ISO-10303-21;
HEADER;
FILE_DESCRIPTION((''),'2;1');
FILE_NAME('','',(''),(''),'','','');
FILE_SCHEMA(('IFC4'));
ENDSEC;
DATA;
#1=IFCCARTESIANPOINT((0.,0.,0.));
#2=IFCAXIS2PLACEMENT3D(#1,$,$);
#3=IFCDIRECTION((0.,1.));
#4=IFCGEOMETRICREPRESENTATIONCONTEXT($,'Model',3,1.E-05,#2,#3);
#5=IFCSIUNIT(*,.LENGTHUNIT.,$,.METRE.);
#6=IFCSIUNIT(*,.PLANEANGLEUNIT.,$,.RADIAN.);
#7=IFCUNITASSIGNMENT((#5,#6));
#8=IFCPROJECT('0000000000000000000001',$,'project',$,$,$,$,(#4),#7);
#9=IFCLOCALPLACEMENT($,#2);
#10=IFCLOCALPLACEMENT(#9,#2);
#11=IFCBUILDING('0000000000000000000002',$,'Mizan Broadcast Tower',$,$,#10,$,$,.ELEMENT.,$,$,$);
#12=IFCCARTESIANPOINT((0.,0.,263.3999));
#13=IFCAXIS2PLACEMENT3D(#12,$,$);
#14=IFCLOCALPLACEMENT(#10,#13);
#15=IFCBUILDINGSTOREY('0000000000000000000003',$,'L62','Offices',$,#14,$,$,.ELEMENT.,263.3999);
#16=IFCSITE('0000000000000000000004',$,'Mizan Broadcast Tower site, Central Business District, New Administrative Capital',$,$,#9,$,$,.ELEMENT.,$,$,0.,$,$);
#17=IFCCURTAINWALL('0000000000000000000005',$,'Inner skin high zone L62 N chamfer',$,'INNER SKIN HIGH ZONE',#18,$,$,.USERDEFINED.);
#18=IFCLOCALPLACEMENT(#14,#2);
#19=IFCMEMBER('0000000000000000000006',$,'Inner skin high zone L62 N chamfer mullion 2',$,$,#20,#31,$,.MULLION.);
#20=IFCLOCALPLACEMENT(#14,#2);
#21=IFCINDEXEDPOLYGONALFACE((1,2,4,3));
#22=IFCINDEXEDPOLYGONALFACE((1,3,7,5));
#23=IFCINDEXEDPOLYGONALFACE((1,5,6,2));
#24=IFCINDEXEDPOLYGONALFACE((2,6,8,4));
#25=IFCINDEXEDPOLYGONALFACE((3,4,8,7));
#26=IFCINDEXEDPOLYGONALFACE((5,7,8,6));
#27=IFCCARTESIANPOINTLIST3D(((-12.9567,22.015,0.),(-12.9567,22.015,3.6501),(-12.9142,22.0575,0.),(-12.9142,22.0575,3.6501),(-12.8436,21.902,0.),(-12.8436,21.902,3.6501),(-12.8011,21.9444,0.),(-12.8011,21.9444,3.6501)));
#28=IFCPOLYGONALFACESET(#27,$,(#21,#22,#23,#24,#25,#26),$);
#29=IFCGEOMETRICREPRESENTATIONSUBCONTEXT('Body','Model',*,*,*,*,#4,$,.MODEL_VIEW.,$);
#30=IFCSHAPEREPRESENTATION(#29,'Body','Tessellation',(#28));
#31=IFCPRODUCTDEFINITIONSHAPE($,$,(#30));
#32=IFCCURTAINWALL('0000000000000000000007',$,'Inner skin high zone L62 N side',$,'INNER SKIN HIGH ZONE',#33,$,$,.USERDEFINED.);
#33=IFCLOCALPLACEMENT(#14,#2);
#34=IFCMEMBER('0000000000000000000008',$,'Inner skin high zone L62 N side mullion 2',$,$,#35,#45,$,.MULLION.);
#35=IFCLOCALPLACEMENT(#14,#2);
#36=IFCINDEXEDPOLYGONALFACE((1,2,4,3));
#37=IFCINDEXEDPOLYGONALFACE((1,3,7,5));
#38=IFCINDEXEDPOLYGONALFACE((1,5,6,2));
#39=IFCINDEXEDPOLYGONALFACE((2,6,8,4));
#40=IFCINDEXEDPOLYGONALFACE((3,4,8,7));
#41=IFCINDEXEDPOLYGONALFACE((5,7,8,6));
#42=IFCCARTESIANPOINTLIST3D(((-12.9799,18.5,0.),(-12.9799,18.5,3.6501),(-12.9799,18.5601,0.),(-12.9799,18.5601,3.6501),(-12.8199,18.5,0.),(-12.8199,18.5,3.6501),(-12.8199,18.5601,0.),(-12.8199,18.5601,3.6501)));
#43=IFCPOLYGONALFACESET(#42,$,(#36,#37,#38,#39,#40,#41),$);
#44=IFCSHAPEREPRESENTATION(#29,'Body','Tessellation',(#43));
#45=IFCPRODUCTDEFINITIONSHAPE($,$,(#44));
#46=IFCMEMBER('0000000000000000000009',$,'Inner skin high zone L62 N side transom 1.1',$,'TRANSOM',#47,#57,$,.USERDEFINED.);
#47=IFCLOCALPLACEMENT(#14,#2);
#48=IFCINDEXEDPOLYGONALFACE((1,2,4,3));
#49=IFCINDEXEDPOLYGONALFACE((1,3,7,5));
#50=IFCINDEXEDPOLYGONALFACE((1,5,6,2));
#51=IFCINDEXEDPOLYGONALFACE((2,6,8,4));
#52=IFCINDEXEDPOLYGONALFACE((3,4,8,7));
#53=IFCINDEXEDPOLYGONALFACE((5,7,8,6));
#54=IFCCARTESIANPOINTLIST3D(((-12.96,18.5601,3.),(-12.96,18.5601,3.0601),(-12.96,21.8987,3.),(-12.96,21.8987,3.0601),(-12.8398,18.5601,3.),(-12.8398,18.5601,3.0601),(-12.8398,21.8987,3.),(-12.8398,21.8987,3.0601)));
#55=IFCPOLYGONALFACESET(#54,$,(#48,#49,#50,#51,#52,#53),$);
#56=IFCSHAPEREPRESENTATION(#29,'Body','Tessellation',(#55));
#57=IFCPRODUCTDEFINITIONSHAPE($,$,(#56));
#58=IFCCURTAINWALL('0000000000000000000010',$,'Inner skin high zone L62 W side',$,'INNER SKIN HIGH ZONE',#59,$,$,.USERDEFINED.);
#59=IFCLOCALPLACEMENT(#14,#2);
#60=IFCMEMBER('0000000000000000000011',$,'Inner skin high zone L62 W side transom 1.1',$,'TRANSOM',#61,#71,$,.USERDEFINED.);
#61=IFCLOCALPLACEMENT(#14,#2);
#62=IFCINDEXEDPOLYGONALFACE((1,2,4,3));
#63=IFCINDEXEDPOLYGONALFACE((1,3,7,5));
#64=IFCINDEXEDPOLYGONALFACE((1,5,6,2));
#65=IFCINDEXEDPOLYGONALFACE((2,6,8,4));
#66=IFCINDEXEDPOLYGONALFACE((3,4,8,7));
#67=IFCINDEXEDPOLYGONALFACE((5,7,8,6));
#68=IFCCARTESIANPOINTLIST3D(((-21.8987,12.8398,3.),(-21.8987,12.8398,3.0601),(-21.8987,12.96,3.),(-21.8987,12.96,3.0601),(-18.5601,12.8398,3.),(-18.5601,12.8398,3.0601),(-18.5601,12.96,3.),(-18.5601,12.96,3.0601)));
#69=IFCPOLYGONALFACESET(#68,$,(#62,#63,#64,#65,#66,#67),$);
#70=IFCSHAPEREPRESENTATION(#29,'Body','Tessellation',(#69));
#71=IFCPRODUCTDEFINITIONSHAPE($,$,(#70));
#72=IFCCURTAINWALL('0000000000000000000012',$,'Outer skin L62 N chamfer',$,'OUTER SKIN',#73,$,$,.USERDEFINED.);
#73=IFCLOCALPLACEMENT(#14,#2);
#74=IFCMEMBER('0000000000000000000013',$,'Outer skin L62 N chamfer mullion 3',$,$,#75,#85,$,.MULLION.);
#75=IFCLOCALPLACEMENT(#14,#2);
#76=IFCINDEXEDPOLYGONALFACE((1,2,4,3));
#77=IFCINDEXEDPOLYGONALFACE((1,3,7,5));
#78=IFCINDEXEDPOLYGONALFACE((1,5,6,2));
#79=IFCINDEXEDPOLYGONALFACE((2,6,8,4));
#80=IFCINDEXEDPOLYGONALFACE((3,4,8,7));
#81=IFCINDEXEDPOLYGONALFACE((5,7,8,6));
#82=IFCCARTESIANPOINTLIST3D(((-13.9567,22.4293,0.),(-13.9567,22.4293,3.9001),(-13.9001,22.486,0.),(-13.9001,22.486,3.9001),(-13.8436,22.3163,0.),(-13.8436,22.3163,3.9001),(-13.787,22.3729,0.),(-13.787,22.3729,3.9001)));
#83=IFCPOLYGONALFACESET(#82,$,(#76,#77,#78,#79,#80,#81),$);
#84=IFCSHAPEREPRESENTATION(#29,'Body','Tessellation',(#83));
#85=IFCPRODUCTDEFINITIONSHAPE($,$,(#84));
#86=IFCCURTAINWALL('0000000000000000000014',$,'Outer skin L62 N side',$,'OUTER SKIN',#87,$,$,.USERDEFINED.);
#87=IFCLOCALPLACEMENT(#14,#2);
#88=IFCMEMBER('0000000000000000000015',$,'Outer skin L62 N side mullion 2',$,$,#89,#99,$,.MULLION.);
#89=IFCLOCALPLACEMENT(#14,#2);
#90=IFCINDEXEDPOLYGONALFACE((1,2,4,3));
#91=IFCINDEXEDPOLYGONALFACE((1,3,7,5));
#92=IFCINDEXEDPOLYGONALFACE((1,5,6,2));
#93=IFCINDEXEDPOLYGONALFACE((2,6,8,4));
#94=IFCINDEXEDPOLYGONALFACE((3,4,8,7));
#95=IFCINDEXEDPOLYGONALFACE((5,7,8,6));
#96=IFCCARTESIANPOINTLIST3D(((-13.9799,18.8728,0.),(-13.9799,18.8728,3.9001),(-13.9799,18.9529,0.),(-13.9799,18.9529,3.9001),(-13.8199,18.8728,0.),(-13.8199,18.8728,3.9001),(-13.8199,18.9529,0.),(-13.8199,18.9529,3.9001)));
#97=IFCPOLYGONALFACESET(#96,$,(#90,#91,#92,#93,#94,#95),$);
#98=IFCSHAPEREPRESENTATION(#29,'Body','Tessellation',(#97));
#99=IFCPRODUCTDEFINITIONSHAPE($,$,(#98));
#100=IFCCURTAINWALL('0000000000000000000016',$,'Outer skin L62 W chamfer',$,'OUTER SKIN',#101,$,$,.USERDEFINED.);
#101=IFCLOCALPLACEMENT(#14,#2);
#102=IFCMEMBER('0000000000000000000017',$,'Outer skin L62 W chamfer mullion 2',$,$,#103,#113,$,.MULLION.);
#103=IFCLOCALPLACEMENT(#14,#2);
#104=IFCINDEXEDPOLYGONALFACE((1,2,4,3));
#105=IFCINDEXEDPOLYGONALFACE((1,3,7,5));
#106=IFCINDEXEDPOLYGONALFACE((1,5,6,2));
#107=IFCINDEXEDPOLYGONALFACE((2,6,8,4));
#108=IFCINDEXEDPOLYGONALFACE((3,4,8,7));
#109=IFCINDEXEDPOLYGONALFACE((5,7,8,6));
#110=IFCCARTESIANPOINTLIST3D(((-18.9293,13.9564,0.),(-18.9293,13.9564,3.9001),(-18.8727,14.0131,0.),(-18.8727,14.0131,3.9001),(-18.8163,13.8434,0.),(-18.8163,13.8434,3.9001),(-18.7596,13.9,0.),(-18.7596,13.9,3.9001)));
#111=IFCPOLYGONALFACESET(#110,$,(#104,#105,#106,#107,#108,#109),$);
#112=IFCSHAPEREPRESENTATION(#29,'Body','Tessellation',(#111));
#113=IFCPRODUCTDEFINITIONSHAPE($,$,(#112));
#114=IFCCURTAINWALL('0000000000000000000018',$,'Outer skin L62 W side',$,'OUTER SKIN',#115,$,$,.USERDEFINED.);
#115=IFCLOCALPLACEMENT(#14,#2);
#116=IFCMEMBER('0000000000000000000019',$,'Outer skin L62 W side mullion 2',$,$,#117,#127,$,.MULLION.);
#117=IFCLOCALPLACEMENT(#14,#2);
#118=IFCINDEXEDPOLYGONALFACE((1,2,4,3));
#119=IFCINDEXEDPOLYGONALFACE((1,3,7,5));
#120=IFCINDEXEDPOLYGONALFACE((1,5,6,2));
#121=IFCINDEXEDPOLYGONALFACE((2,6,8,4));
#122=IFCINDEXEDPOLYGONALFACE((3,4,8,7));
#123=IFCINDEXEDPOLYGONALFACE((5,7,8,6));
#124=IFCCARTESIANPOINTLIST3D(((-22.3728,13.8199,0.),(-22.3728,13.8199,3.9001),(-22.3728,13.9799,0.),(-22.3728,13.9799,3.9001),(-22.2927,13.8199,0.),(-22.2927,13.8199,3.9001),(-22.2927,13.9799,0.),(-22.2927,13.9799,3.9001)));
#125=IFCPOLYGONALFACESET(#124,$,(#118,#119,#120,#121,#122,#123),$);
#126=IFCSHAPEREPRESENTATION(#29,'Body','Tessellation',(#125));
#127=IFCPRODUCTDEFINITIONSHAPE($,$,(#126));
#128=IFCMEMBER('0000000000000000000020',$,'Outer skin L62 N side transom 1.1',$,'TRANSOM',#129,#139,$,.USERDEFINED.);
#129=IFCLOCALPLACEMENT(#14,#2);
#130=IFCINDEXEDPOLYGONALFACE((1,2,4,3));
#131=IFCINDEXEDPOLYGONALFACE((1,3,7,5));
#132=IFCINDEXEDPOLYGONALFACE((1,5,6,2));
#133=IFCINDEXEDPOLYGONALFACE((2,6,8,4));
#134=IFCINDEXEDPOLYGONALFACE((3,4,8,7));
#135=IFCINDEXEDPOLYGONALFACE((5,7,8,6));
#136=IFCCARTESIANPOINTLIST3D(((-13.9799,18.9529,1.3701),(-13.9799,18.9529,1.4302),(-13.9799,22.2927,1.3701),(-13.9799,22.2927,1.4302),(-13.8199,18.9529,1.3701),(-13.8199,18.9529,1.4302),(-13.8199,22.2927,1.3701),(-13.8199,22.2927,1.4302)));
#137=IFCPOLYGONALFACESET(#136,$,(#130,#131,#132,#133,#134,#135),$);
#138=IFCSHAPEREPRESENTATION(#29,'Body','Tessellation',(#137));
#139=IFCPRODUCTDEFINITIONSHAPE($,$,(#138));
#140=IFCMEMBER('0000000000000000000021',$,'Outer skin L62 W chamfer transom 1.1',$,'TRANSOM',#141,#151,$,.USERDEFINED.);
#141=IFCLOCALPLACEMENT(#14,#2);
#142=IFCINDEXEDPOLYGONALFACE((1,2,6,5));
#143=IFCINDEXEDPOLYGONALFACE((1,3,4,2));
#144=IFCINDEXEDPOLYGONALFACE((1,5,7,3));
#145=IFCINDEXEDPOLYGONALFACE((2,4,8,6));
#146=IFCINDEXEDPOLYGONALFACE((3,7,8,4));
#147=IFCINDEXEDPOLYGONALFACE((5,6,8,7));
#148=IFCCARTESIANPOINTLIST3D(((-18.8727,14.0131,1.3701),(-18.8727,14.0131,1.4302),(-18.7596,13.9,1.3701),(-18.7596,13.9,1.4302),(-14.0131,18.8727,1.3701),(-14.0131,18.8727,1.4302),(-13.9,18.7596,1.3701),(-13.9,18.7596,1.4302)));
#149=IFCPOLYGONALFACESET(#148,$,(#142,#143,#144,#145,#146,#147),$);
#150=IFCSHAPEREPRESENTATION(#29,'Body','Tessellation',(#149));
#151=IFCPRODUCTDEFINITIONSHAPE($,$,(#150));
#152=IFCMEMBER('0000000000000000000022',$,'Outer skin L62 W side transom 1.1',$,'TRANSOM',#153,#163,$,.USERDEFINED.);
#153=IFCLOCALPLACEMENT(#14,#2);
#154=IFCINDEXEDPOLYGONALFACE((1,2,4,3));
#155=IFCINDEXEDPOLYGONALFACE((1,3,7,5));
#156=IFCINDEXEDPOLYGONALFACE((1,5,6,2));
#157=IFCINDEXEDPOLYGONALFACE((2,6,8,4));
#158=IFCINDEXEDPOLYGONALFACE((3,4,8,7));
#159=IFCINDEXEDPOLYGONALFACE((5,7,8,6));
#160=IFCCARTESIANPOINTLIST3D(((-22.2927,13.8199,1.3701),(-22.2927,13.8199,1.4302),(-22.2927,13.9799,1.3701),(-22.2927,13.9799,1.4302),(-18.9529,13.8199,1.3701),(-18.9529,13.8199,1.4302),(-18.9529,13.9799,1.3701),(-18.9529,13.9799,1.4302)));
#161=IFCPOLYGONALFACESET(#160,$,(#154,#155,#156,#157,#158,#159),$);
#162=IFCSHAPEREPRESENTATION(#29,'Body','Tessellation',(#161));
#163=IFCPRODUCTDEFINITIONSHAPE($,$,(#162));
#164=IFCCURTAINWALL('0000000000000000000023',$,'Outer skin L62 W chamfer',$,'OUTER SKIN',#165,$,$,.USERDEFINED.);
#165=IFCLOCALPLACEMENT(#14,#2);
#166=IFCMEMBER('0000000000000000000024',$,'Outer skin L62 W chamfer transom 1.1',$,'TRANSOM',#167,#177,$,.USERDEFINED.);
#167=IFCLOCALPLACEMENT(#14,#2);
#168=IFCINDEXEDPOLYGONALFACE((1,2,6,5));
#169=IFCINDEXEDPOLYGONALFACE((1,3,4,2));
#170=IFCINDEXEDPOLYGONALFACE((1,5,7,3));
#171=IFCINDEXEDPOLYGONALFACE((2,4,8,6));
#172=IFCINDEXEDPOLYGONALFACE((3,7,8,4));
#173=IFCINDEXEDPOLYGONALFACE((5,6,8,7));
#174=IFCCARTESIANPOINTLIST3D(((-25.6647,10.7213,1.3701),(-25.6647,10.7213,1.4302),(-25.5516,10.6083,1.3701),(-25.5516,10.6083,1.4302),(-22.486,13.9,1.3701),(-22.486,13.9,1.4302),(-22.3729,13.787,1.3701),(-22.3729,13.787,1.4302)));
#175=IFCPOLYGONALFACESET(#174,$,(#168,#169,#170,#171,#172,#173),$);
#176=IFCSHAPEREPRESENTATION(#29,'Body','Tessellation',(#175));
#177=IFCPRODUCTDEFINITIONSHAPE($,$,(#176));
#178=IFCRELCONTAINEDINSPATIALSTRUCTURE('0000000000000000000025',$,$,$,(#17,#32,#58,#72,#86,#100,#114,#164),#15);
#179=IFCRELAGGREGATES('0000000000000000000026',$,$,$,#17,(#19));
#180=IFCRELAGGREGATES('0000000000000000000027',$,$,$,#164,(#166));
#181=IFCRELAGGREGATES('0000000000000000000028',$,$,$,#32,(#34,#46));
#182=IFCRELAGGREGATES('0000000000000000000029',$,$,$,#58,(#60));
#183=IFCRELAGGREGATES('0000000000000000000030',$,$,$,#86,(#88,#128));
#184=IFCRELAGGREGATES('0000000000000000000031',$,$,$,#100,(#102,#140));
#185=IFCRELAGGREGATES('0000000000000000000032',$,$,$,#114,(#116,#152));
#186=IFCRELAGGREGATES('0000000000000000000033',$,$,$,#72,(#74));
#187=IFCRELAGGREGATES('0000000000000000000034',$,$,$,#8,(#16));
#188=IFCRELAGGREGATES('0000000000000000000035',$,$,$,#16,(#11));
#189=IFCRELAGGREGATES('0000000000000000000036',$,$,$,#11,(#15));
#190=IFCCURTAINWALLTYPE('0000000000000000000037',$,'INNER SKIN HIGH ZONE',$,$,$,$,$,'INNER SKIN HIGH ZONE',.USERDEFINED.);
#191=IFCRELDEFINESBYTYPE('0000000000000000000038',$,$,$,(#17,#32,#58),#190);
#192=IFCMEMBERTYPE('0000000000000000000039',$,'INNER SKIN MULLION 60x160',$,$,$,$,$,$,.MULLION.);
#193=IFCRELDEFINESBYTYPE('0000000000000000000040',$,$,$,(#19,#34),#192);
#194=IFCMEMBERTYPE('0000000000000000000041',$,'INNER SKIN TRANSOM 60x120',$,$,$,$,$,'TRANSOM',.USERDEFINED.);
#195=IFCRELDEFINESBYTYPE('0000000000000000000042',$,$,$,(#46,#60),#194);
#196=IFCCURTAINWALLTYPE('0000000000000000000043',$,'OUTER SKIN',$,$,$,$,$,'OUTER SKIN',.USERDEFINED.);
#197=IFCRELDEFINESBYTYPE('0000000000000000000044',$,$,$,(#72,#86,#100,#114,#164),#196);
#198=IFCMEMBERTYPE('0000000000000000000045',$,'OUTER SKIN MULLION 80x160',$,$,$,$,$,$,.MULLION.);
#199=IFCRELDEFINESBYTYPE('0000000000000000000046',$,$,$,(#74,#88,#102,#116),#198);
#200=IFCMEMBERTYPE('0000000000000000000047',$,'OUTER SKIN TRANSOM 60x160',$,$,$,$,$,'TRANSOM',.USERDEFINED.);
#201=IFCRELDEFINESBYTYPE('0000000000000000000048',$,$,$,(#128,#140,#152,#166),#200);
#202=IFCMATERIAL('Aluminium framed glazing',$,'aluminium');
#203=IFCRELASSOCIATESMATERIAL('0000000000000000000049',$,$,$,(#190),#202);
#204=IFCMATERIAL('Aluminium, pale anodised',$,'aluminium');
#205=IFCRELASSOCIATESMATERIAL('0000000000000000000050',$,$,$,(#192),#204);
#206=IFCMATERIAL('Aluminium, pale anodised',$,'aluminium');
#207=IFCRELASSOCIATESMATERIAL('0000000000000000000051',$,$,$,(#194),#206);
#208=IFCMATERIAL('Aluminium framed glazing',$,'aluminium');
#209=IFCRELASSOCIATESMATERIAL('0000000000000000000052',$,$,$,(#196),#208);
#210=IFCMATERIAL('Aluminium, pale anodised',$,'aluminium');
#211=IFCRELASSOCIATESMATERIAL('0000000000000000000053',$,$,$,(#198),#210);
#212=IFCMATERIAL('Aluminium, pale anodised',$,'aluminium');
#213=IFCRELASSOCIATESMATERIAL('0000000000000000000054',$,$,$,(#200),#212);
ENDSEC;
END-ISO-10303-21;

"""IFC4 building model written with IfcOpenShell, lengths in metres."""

from ifc_helpers import new_model, si_unit, direction, frame, origin, origin_2d, place, context, subcontext, project, spatial, rectangle, extrude, material, material_profile, profile_set, type_object, element, aggregate, save


model = new_model("IFC4")

# Units and contexts
model_context = context("Model", 3, precision=1e-05, world=origin(), true_north=direction((0.0, 1.0)))
body_context = subcontext(model_context, "Body", "Model", "MODEL_VIEW")
ifc_project = project(units=[si_unit("LENGTHUNIT", "METRE"), si_unit("PLANEANGLEUNIT", "RADIAN")], contexts=[model_context])

# Site, building, storey
site_placement = place(None, origin())
site = spatial("IfcSite", under=ifc_project, at=site_placement, Name="Mizan Broadcast Tower site, Central Business District, New Administrative Capital", CompositionType="ELEMENT", RefElevation=0.0)
building_placement = place(site_placement, origin())
building = spatial("IfcBuilding", under=site, at=building_placement, Name="Mizan Broadcast Tower", CompositionType="ELEMENT")
storey_placement = place(building_placement, frame((0.0, 0.0, 263.3999)))
storey = spatial("IfcBuildingStorey", under=building, at=storey_placement, Name="L62", Description="Offices", CompositionType="ELEMENT", Elevation=263.3999)

# Curtain wall, member
ifc_material_1 = material(Name="Aluminium framed glazing", Category="aluminium")
curtain_wall_type_1 = type_object("IfcCurtainWallType", Name="INNER SKIN HIGH ZONE", ElementType="INNER SKIN HIGH ZONE", PredefinedType="USERDEFINED", material=ifc_material_1)
curtain_wall_1_placement = place(storey_placement, origin())
curtain_wall_1 = element("IfcCurtainWall", 1, at=curtain_wall_1_placement, inside=storey, type_object=curtain_wall_type_1, Name="Inner skin high zone L62 N chamfer", ObjectType="INNER SKIN HIGH ZONE", PredefinedType="USERDEFINED")
ifc_material_2 = material(Name="Aluminium, pale anodised", Category="aluminium")
ifc_material_profile_1 = material_profile(ifc_material_2, rectangle(XDim=0.1599, YDim=0.0601, at=origin_2d()), Name="MULLION 160x60")
ifc_profile_set_1 = profile_set([ifc_material_profile_1], Name="Aluminium, pale anodised")
member_type_1 = type_object("IfcMemberType", Name="INNER SKIN MULLION 60x160", PredefinedType="MULLION", material=ifc_profile_set_1)
member_1_placement = place(storey_placement, frame((-12.8789, 21.9797, 0.0), z_axis=(0.0, 0.0, 1.0), x_axis=(0.707107, -0.707107, 0.0)))
member_1 = element("IfcMember", 2, at=member_1_placement, type_object=member_type_1, Name="Inner skin high zone L62 N chamfer mullion 2", PredefinedType="MULLION", context=body_context, shape_type="SweptSolid", body=[
    extrude(rectangle(XDim=0.1599, YDim=0.0601, at=origin_2d()), origin(), (0.0, 0.0, 1.0), 3.6501),
])
aggregate(curtain_wall_1, [member_1])

# Curtain wall, members
curtain_wall_2_placement = place(storey_placement, origin())
curtain_wall_2 = element("IfcCurtainWall", 3, at=curtain_wall_2_placement, inside=storey, type_object=curtain_wall_type_1, Name="Inner skin high zone L62 N side", ObjectType="INNER SKIN HIGH ZONE", PredefinedType="USERDEFINED")
member_2_placement = place(storey_placement, frame((-12.8999, 18.53, 0.0), z_axis=(0.0, 0.0, 1.0), x_axis=(1.0, 0.0, 0.0)))
member_2 = element("IfcMember", 4, at=member_2_placement, type_object=member_type_1, Name="Inner skin high zone L62 N side mullion 2", PredefinedType="MULLION", context=body_context, shape_type="SweptSolid", body=[
    extrude(rectangle(XDim=0.1599, YDim=0.0601, at=origin_2d()), origin(), (0.0, 0.0, 1.0), 3.6501),
])
ifc_material_3 = material(Name="Aluminium, pale anodised", Category="aluminium")
ifc_material_profile_2 = material_profile(ifc_material_3, rectangle(XDim=0.1201, YDim=0.0601, at=origin_2d()), Name="TRANSOM 120x60")
ifc_profile_set_2 = profile_set([ifc_material_profile_2], Name="Aluminium, pale anodised")
member_type_2 = type_object("IfcMemberType", Name="INNER SKIN TRANSOM 60x120", ElementType="TRANSOM", PredefinedType="USERDEFINED", material=ifc_profile_set_2)
member_3_placement = place(storey_placement, frame((-12.8999, 21.8987, 3.03), z_axis=(0.0, -1.0, 0.0), x_axis=(1.0, 0.0, 0.0)))
member_3 = element("IfcMember", 5, at=member_3_placement, type_object=member_type_2, Name="Inner skin high zone L62 N side transom 1.1", ObjectType="TRANSOM", PredefinedType="USERDEFINED", context=body_context, shape_type="SweptSolid", body=[
    extrude(rectangle(XDim=0.1201, YDim=0.0601, at=origin_2d()), origin(), (0.0, 0.0, 1.0), 3.3386),
])

# Curtain walls, members
curtain_wall_3_placement = place(storey_placement, origin())
curtain_wall_3 = element("IfcCurtainWall", 6, at=curtain_wall_3_placement, inside=storey, type_object=curtain_wall_type_1, Name="Inner skin high zone L62 W side", ObjectType="INNER SKIN HIGH ZONE", PredefinedType="USERDEFINED")
member_4_placement = place(storey_placement, frame((-18.5601, 12.8999, 3.03), z_axis=(-1.0, 0.0, 0.0), x_axis=(0.0, -1.0, 0.0)))
member_4 = element("IfcMember", 7, at=member_4_placement, type_object=member_type_2, Name="Inner skin high zone L62 W side transom 1.1", ObjectType="TRANSOM", PredefinedType="USERDEFINED", context=body_context, shape_type="SweptSolid", body=[
    extrude(rectangle(XDim=0.1201, YDim=0.0601, at=origin_2d()), origin(), (0.0, 0.0, 1.0), 3.3386),
])
ifc_material_4 = material(Name="Aluminium framed glazing", Category="aluminium")
curtain_wall_type_2 = type_object("IfcCurtainWallType", Name="OUTER SKIN", ElementType="OUTER SKIN", PredefinedType="USERDEFINED", material=ifc_material_4)
curtain_wall_4_placement = place(storey_placement, origin())
curtain_wall_4 = element("IfcCurtainWall", 8, at=curtain_wall_4_placement, inside=storey, type_object=curtain_wall_type_2, Name="Outer skin L62 N chamfer", ObjectType="OUTER SKIN", PredefinedType="USERDEFINED")
ifc_material_5 = material(Name="Aluminium, pale anodised", Category="aluminium")
ifc_material_profile_3 = material_profile(ifc_material_5, rectangle(XDim=0.1599, YDim=0.0801, at=origin_2d()), Name="MULLION 160x80")
ifc_profile_set_3 = profile_set([ifc_material_profile_3], Name="Aluminium, pale anodised")
member_type_3 = type_object("IfcMemberType", Name="OUTER SKIN MULLION 80x160", PredefinedType="MULLION", material=ifc_profile_set_3)
member_5_placement = place(storey_placement, frame((-13.8718, 22.4011, 0.0), z_axis=(0.0, 0.0, 1.0), x_axis=(0.707107, -0.707107, 0.0)))
member_5 = element("IfcMember", 9, at=member_5_placement, type_object=member_type_3, Name="Outer skin L62 N chamfer mullion 3", PredefinedType="MULLION", context=body_context, shape_type="SweptSolid", body=[
    extrude(rectangle(XDim=0.1599, YDim=0.0801, at=origin_2d()), origin(), (0.0, 0.0, 1.0), 3.9001),
])
curtain_wall_5_placement = place(storey_placement, origin())
curtain_wall_5 = element("IfcCurtainWall", 10, at=curtain_wall_5_placement, inside=storey, type_object=curtain_wall_type_2, Name="Outer skin L62 N side", ObjectType="OUTER SKIN", PredefinedType="USERDEFINED")
member_6_placement = place(storey_placement, frame((-13.8999, 18.9128, 0.0), z_axis=(0.0, 0.0, 1.0), x_axis=(1.0, 0.0, 0.0)))
member_6 = element("IfcMember", 11, at=member_6_placement, type_object=member_type_3, Name="Outer skin L62 N side mullion 2", PredefinedType="MULLION", context=body_context, shape_type="SweptSolid", body=[
    extrude(rectangle(XDim=0.1599, YDim=0.0801, at=origin_2d()), origin(), (0.0, 0.0, 1.0), 3.9001),
])
curtain_wall_6_placement = place(storey_placement, origin())
curtain_wall_6 = element("IfcCurtainWall", 12, at=curtain_wall_6_placement, inside=storey, type_object=curtain_wall_type_2, Name="Outer skin L62 W chamfer", ObjectType="OUTER SKIN", PredefinedType="USERDEFINED")
member_7_placement = place(storey_placement, frame((-18.8445, 13.9282, 0.0), z_axis=(0.0, 0.0, 1.0), x_axis=(0.707107, -0.707107, 0.0)))
member_7 = element("IfcMember", 13, at=member_7_placement, type_object=member_type_3, Name="Outer skin L62 W chamfer mullion 2", PredefinedType="MULLION", context=body_context, shape_type="SweptSolid", body=[
    extrude(rectangle(XDim=0.1599, YDim=0.0801, at=origin_2d()), origin(), (0.0, 0.0, 1.0), 3.9001),
])
curtain_wall_7_placement = place(storey_placement, origin())
curtain_wall_7 = element("IfcCurtainWall", 14, at=curtain_wall_7_placement, inside=storey, type_object=curtain_wall_type_2, Name="Outer skin L62 W side", ObjectType="OUTER SKIN", PredefinedType="USERDEFINED")
member_8_placement = place(storey_placement, frame((-22.3328, 13.8999, 0.0), z_axis=(0.0, 0.0, 1.0), x_axis=(0.0, -1.0, 0.0)))
member_8 = element("IfcMember", 15, at=member_8_placement, type_object=member_type_3, Name="Outer skin L62 W side mullion 2", PredefinedType="MULLION", context=body_context, shape_type="SweptSolid", body=[
    extrude(rectangle(XDim=0.1599, YDim=0.0801, at=origin_2d()), origin(), (0.0, 0.0, 1.0), 3.9001),
])

# Members
ifc_material_6 = material(Name="Aluminium, pale anodised", Category="aluminium")
ifc_material_profile_4 = material_profile(ifc_material_6, rectangle(XDim=0.1599, YDim=0.0601, at=origin_2d()), Name="TRANSOM 160x60")
ifc_profile_set_4 = profile_set([ifc_material_profile_4], Name="Aluminium, pale anodised")
member_type_4 = type_object("IfcMemberType", Name="OUTER SKIN TRANSOM 60x160", ElementType="TRANSOM", PredefinedType="USERDEFINED", material=ifc_profile_set_4)
member_9_placement = place(storey_placement, frame((-13.8999, 22.2927, 1.4001), z_axis=(0.0, -1.0, 0.0), x_axis=(1.0, 0.0, 0.0)))
member_9 = element("IfcMember", 16, at=member_9_placement, type_object=member_type_4, Name="Outer skin L62 N side transom 1.1", ObjectType="TRANSOM", PredefinedType="USERDEFINED", context=body_context, shape_type="SweptSolid", body=[
    extrude(rectangle(XDim=0.1599, YDim=0.0601, at=origin_2d()), origin(), (0.0, 0.0, 1.0), 3.3398),
])
member_10_placement = place(storey_placement, frame((-13.9565, 18.8162, 1.4001), z_axis=(-0.707107, -0.707107, 0.0), x_axis=(0.707107, -0.707107, 0.0)))
member_10 = element("IfcMember", 17, at=member_10_placement, type_object=member_type_4, Name="Outer skin L62 W chamfer transom 1.1", ObjectType="TRANSOM", PredefinedType="USERDEFINED", context=body_context, shape_type="SweptSolid", body=[
    extrude(rectangle(XDim=0.1599, YDim=0.0601, at=origin_2d()), origin(), (0.0, 0.0, 1.0), 6.8726),
])
member_11_placement = place(storey_placement, frame((-18.9529, 13.8999, 1.4001), z_axis=(-1.0, 0.0, 0.0), x_axis=(0.0, -1.0, 0.0)))
member_11 = element("IfcMember", 18, at=member_11_placement, type_object=member_type_4, Name="Outer skin L62 W side transom 1.1", ObjectType="TRANSOM", PredefinedType="USERDEFINED", context=body_context, shape_type="SweptSolid", body=[
    extrude(rectangle(XDim=0.1599, YDim=0.0601, at=origin_2d()), origin(), (0.0, 0.0, 1.0), 3.3398),
])

# Curtain wall, member
curtain_wall_8_placement = place(storey_placement, origin())
curtain_wall_8 = element("IfcCurtainWall", 19, at=curtain_wall_8_placement, inside=storey, type_object=curtain_wall_type_2, Name="Outer skin L62 W chamfer", ObjectType="OUTER SKIN", PredefinedType="USERDEFINED")
member_12_placement = place(storey_placement, frame((-22.4294, 13.8435, 1.4001), z_axis=(-0.707107, -0.707107, 0.0), x_axis=(0.707107, -0.707107, 0.0)))
member_12 = element("IfcMember", 20, at=member_12_placement, type_object=member_type_4, Name="Outer skin L62 W chamfer transom 1.1", ObjectType="TRANSOM", PredefinedType="USERDEFINED", context=body_context, shape_type="SweptSolid", body=[
    extrude(rectangle(XDim=0.1599, YDim=0.0601, at=origin_2d()), origin(), (0.0, 0.0, 1.0), 4.4954),
])
aggregate(curtain_wall_8, [member_12])

aggregate(curtain_wall_2, [member_2, member_3])
aggregate(curtain_wall_3, [member_4])
aggregate(curtain_wall_5, [member_6, member_9])
aggregate(curtain_wall_6, [member_7, member_10])
aggregate(curtain_wall_7, [member_8, member_11])
aggregate(curtain_wall_4, [member_5])

save(model, "model.ifc")
